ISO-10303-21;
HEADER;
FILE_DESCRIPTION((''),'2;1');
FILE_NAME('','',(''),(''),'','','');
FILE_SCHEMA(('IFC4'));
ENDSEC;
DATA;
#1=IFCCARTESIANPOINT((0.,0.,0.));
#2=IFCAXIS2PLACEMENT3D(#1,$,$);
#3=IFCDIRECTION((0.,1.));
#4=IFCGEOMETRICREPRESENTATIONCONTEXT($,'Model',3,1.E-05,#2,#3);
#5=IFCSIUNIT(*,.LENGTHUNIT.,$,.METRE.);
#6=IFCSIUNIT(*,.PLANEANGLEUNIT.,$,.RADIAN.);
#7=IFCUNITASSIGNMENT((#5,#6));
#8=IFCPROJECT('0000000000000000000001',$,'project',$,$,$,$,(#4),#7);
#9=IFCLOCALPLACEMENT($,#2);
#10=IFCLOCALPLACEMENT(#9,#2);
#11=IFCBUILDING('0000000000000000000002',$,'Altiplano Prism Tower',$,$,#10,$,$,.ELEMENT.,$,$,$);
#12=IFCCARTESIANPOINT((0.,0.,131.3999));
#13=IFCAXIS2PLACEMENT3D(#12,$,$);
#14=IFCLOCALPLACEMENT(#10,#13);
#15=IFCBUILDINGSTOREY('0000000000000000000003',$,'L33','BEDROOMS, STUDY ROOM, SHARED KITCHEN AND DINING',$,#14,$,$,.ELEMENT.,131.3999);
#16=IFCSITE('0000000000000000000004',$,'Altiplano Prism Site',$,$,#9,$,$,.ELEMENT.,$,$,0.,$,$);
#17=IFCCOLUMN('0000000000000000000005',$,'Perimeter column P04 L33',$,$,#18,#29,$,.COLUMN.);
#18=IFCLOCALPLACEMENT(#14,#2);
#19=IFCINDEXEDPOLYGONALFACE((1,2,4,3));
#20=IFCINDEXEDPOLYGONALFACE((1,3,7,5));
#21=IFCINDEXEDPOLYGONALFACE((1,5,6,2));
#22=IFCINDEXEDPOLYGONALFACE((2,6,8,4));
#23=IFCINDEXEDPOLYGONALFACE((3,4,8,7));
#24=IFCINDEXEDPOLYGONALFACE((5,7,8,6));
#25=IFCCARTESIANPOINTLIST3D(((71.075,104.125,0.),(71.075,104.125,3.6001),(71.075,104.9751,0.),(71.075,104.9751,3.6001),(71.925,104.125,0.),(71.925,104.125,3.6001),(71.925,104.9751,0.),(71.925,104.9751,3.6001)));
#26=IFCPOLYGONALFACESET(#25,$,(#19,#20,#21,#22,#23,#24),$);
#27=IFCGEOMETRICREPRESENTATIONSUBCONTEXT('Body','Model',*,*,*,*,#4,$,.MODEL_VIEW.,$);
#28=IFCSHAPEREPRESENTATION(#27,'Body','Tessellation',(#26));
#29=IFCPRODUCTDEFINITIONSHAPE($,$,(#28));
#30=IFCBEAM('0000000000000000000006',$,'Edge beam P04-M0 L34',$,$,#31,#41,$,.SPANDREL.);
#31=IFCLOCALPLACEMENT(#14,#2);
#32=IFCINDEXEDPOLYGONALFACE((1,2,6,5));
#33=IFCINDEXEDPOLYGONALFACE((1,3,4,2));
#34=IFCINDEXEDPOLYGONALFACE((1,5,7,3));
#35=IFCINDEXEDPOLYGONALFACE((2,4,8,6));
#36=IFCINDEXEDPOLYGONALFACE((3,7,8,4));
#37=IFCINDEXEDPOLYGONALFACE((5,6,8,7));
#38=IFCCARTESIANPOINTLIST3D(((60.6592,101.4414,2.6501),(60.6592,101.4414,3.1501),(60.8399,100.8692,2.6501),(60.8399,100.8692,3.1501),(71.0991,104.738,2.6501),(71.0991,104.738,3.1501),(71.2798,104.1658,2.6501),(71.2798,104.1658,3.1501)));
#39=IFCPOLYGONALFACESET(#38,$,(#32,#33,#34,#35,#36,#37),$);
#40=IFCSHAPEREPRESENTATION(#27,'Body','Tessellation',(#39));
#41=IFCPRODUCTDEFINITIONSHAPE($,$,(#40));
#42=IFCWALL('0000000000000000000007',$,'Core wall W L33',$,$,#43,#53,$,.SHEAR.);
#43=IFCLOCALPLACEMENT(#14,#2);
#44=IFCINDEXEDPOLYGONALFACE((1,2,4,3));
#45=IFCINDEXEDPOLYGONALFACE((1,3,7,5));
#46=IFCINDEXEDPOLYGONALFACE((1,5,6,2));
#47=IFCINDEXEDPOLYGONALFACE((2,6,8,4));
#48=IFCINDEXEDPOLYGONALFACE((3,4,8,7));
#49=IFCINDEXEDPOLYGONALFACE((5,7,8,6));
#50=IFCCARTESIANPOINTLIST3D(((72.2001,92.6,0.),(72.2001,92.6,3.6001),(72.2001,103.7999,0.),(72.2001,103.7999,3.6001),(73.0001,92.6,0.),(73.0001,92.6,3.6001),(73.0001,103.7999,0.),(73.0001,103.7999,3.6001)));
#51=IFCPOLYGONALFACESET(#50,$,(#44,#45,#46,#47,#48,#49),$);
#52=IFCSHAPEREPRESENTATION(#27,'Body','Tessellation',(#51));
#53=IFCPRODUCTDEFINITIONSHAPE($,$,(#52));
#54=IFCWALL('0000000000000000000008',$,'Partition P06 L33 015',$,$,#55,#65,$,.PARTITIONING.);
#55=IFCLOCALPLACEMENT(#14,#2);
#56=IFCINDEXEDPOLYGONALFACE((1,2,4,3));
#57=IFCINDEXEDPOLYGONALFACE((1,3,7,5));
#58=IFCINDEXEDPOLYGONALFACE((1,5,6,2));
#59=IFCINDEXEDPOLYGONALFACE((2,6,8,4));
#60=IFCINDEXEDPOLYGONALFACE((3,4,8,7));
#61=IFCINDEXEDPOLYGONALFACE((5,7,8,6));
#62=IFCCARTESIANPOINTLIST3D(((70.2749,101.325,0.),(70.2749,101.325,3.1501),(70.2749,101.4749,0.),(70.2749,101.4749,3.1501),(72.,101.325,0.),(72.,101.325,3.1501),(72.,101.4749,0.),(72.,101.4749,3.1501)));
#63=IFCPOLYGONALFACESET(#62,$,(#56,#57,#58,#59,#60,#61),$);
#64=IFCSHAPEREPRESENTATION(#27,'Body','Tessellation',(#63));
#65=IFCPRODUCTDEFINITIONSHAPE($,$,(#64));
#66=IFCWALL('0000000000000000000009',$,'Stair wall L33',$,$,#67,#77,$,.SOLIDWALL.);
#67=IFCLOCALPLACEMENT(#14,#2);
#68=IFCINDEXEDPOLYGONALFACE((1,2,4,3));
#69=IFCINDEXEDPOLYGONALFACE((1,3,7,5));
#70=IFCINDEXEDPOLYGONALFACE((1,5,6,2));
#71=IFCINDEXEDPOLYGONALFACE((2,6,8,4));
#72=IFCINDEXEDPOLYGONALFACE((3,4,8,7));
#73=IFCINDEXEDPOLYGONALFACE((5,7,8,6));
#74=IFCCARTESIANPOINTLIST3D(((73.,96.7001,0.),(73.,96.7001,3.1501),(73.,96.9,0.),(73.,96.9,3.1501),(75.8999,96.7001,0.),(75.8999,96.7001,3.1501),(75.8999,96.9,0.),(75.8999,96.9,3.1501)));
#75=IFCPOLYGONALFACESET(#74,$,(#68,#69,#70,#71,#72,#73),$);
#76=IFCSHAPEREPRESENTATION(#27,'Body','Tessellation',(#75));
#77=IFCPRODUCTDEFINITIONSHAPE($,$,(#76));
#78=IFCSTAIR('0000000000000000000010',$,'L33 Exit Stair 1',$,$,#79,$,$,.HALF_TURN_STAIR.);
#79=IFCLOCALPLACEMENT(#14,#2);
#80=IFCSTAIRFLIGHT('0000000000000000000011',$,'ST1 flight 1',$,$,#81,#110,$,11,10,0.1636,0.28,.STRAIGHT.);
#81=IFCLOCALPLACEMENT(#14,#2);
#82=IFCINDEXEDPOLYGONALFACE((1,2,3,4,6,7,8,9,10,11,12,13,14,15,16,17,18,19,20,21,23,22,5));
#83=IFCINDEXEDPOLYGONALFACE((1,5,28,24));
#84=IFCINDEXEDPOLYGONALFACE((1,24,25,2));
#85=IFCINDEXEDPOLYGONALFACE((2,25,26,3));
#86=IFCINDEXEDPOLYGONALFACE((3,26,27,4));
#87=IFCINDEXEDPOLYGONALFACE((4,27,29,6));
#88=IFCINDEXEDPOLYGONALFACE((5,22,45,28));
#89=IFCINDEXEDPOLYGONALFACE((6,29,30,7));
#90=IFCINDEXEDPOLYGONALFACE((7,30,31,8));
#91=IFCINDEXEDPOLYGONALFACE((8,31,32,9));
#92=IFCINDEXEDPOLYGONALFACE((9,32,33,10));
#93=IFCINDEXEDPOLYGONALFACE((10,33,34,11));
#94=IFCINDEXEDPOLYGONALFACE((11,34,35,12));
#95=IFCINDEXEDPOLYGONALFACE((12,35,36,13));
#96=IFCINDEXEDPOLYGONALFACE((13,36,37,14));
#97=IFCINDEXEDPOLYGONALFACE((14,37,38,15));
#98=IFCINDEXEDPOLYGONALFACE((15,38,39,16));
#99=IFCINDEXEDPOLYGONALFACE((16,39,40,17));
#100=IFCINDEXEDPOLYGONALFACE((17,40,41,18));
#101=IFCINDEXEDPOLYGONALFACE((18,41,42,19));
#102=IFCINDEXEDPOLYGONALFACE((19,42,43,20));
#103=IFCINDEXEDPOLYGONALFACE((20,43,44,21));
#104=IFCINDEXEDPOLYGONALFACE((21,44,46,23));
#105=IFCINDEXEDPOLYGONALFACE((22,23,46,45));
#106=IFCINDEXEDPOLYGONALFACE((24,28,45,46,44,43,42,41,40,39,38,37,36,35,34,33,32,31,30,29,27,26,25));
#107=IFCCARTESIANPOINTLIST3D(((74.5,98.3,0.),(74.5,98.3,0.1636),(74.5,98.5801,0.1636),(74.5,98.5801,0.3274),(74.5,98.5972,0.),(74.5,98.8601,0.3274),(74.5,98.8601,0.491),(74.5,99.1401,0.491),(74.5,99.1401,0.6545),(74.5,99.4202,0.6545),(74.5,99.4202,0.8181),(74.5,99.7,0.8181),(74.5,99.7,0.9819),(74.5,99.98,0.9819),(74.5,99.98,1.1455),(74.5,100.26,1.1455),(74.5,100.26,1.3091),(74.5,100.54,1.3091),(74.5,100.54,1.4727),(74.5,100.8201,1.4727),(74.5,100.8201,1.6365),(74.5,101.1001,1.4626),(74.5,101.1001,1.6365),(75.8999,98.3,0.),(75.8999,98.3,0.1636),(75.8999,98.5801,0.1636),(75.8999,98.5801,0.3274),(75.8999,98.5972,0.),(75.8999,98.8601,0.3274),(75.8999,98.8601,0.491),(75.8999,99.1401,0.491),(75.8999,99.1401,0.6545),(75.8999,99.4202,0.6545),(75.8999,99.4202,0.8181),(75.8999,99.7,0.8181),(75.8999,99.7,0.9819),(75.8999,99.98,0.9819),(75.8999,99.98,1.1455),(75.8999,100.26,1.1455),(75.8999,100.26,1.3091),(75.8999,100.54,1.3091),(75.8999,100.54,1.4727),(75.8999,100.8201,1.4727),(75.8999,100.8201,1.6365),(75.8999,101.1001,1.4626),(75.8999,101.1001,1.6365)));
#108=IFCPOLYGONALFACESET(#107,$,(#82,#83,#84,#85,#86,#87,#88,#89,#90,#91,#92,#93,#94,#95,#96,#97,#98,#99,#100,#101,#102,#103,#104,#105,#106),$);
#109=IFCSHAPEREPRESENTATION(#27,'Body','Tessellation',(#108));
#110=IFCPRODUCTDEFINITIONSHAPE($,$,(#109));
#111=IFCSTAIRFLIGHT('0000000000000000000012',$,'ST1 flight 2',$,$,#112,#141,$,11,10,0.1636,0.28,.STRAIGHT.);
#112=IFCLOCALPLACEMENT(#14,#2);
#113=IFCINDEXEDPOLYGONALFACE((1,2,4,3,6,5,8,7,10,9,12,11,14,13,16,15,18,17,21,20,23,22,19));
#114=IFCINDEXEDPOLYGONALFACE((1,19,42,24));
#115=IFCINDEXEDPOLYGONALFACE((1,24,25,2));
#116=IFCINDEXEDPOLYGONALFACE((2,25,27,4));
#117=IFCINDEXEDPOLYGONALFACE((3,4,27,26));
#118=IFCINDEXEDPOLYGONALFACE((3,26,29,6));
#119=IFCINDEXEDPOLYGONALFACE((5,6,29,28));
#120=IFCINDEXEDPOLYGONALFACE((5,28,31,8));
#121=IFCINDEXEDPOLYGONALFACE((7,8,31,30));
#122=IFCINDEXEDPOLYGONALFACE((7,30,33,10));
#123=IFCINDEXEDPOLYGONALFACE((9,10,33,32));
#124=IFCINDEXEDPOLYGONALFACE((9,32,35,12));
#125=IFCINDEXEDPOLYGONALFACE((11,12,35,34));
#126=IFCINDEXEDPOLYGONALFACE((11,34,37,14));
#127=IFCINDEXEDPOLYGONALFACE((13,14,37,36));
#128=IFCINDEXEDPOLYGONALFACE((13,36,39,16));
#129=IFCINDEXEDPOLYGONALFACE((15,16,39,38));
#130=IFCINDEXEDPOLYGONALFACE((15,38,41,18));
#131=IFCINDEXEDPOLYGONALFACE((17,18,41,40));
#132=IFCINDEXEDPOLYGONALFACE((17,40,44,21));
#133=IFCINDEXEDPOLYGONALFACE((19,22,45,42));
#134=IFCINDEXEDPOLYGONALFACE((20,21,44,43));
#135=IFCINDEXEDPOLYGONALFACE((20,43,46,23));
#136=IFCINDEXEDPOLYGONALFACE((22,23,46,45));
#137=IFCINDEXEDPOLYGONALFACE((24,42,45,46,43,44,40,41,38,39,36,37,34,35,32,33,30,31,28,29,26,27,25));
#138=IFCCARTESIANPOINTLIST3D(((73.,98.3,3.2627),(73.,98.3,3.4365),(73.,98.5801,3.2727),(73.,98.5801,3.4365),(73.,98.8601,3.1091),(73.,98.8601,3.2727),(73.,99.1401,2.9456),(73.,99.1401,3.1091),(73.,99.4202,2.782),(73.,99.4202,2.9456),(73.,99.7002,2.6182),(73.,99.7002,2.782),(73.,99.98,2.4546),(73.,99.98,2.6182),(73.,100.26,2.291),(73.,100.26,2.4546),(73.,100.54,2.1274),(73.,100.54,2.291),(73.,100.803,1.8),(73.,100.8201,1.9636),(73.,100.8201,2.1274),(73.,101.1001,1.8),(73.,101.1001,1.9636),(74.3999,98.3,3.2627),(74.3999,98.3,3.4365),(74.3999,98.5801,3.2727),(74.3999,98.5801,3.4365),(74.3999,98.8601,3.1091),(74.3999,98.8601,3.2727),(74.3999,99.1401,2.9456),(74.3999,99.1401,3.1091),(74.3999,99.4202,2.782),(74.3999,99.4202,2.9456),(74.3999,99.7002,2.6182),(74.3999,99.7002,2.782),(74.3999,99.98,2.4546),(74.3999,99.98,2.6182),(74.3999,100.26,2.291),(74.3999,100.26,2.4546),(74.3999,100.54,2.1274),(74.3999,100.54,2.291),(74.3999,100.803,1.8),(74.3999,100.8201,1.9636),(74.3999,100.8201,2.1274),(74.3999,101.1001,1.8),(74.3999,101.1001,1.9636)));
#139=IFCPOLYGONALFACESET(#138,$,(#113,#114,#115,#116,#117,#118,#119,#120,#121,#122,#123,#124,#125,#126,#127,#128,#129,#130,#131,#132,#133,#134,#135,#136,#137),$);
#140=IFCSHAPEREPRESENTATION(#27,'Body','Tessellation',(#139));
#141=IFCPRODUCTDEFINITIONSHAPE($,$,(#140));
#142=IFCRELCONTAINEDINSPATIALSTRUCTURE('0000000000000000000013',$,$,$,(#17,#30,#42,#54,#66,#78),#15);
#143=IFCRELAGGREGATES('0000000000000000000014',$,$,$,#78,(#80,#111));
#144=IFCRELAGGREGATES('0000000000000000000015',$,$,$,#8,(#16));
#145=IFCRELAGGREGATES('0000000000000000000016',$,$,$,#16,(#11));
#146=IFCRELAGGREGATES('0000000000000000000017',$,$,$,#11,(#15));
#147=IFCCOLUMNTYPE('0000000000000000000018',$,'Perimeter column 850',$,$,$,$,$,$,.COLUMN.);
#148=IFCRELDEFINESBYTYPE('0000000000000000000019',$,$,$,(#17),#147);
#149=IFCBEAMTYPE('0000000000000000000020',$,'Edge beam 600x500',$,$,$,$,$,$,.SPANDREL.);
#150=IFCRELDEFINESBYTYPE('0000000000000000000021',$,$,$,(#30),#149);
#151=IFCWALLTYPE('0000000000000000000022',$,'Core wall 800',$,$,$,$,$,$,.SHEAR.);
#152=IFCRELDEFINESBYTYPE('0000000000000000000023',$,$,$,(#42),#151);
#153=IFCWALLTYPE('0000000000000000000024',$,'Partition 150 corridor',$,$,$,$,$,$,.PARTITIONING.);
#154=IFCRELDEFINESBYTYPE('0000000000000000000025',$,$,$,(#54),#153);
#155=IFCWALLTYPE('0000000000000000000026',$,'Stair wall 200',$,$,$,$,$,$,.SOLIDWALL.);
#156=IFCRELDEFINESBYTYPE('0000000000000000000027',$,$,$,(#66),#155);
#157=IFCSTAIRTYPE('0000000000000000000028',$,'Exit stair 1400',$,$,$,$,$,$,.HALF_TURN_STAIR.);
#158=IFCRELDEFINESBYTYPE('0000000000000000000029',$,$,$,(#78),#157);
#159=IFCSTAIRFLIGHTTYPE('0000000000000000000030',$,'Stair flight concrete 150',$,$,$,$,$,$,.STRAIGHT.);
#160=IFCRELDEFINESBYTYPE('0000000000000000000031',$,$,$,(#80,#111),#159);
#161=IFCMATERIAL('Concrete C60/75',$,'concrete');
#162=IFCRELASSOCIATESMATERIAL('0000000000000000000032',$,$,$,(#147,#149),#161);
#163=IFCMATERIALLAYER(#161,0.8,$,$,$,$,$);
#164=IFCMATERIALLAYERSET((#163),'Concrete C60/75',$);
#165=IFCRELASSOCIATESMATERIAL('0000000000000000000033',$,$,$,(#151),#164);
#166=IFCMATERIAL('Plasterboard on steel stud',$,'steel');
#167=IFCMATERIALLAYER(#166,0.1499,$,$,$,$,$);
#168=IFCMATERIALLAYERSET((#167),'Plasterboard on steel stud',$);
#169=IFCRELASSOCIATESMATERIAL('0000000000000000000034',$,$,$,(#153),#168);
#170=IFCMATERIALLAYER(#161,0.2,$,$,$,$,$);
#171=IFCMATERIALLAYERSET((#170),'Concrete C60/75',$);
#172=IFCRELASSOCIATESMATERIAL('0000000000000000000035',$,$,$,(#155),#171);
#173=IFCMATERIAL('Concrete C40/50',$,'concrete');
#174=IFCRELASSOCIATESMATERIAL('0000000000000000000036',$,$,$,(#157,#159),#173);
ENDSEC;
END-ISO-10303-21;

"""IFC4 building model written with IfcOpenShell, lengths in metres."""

from ifc_helpers import new_model, si_unit, direction, frame, frame_2d, origin, origin_2d, place, context, subcontext, project, spatial, polyline, rectangle, outline, extrude, material, layer, layer_set, material_profile, profile_set, type_object, element, aggregate, save


model = new_model("IFC4")

# Units and contexts
model_context = context("Model", 3, precision=1e-05, world=origin(), true_north=direction((0.0, 1.0)))
body_context = subcontext(model_context, "Body", "Model", "MODEL_VIEW")
ifc_project = project(units=[si_unit("LENGTHUNIT", "METRE"), si_unit("PLANEANGLEUNIT", "RADIAN")], contexts=[model_context])

# Site, building, storey
site_placement = place(None, origin())
site = spatial("IfcSite", under=ifc_project, at=site_placement, Name="Altiplano Prism Site", CompositionType="ELEMENT", RefElevation=0.0)
building_placement = place(site_placement, origin())
building = spatial("IfcBuilding", under=site, at=building_placement, Name="Altiplano Prism Tower", CompositionType="ELEMENT")
storey_placement = place(building_placement, frame((0.0, 0.0, 131.3999)))
storey = spatial("IfcBuildingStorey", under=building, at=storey_placement, Name="L33", Description="BEDROOMS, STUDY ROOM, SHARED KITCHEN AND DINING", CompositionType="ELEMENT", Elevation=131.3999)

# Column
ifc_material_1 = material(Name="Concrete C60/75", Category="concrete")
ifc_material_profile_1 = material_profile(ifc_material_1, rectangle(XDim=0.8501, YDim=0.8501, at=origin_2d()), Name="Perimeter column 850")
ifc_profile_set_1 = profile_set([ifc_material_profile_1], Name="Concrete C60/75")
column_type = type_object("IfcColumnType", Name="Perimeter column 850", PredefinedType="COLUMN", material=ifc_profile_set_1)
column_placement = place(storey_placement, frame((71.5, 104.55, 0.0), z_axis=(0.0, 0.0, 1.0), x_axis=(1.0, 0.0, 0.0)))
element("IfcColumn", 1, at=column_placement, inside=storey, type_object=column_type, Name="Perimeter column P04 L33", PredefinedType="COLUMN", context=body_context, shape_type="SweptSolid", body=[
    extrude(rectangle(XDim=0.8501, YDim=0.8501, at=origin_2d()), origin(), (0.0, 0.0, 1.0), 3.6001),
])

# Beam
ifc_material_profile_2 = material_profile(ifc_material_1, rectangle(XDim=0.6001, YDim=0.5, at=origin_2d()), Name="Edge beam 600x500")
ifc_profile_set_2 = profile_set([ifc_material_profile_2], Name="Concrete C60/75")
beam_type = type_object("IfcBeamType", Name="Edge beam 600x500", PredefinedType="SPANDREL", material=ifc_profile_set_2)
beam_placement = place(storey_placement, frame((71.1895, 104.4519, 2.9001), z_axis=(-0.953588, -0.301115, 0.0), x_axis=(0.301115, -0.953588, 0.0)))
element("IfcBeam", 2, at=beam_placement, inside=storey, type_object=beam_type, Name="Edge beam P04-M0 L34", PredefinedType="SPANDREL", context=body_context, shape_type="SweptSolid", body=[
    extrude(rectangle(XDim=0.6001, YDim=0.5, at=origin_2d()), origin(), (0.0, 0.0, 1.0), 10.948),
])

# Walls
ifc_layer_1 = layer(ifc_material_1, 0.8)
ifc_layer_set_1 = layer_set([ifc_layer_1], Name="Concrete C60/75")
wall_type_1 = type_object("IfcWallType", Name="Core wall 800", PredefinedType="SHEAR", material=ifc_layer_set_1)
wall_1_placement = place(storey_placement, frame((72.6001, 103.8, 0.0), z_axis=(0.0, 0.0, 1.0), x_axis=(0.0, -1.0, 0.0)))
element("IfcWall", 3, at=wall_1_placement, inside=storey, type_object=wall_type_1, Name="Core wall W L33", PredefinedType="SHEAR", context=body_context, shape_type="SweptSolid", body=[
    extrude(rectangle(XDim=11.2, YDim=0.8, at=frame_2d((5.6001, 0.0))), origin(), (0.0, 0.0, 1.0), 3.6001),
])
ifc_material_2 = material(Name="Plasterboard on steel stud", Category="steel")
ifc_layer_2 = layer(ifc_material_2, 0.1499)
ifc_layer_set_2 = layer_set([ifc_layer_2], Name="Plasterboard on steel stud")
wall_type_2 = type_object("IfcWallType", Name="Partition 150 corridor", PredefinedType="PARTITIONING", material=ifc_layer_set_2)
wall_2_placement = place(storey_placement, frame((72.0, 101.3999, 0.0), z_axis=(0.0, 0.0, 1.0), x_axis=(-1.0, 0.0, 0.0)))
element("IfcWall", 4, at=wall_2_placement, inside=storey, type_object=wall_type_2, Name="Partition P06 L33 015", PredefinedType="PARTITIONING", context=body_context, shape_type="SweptSolid", body=[
    extrude(rectangle(XDim=1.7251, YDim=0.1499, at=frame_2d((0.8625, 0.0))), origin(), (0.0, 0.0, 1.0), 3.1501),
])
ifc_layer_3 = layer(ifc_material_1, 0.2)
ifc_layer_set_3 = layer_set([ifc_layer_3], Name="Concrete C60/75")
wall_type_3 = type_object("IfcWallType", Name="Stair wall 200", PredefinedType="SOLIDWALL", material=ifc_layer_set_3)
wall_3_placement = place(storey_placement, frame((73.0, 96.8, 0.0), z_axis=(0.0, 0.0, 1.0), x_axis=(1.0, 0.0, 0.0)))
element("IfcWall", 5, at=wall_3_placement, inside=storey, type_object=wall_type_3, Name="Stair wall L33", PredefinedType="SOLIDWALL", context=body_context, shape_type="SweptSolid", body=[
    extrude(rectangle(XDim=2.8999, YDim=0.2, at=frame_2d((1.45, 0.0))), origin(), (0.0, 0.0, 1.0), 3.1501),
])

# Stair, stair flights
ifc_material_3 = material(Name="Concrete C40/50", Category="concrete")
stair_type = type_object("IfcStairType", Name="Exit stair 1400", PredefinedType="HALF_TURN_STAIR", material=ifc_material_3)
stair_placement = place(storey_placement, origin())
stair = element("IfcStair", 6, at=stair_placement, inside=storey, type_object=stair_type, Name="L33 Exit Stair 1", PredefinedType="HALF_TURN_STAIR")
stair_flight_type = type_object("IfcStairFlightType", Name="Stair flight concrete 150", PredefinedType="STRAIGHT", material=ifc_material_3)
stair_flight_1_placement = place(storey_placement, frame((75.2, 98.3, 0.0), z_axis=(0.0, 0.0, 1.0), x_axis=(0.0, 1.0, 0.0)))
stair_flight_1 = element("IfcStairFlight", 7, at=stair_flight_1_placement, type_object=stair_flight_type, Name="ST1 flight 1", NumberOfRisers=11, NumberOfTreads=10, PredefinedType="STRAIGHT", RiserHeight=0.1636, TreadLength=0.28, context=body_context, shape_type="SweptSolid", body=[
    extrude(outline(polyline([(0.0, 0.0), (0.0, 0.1636), (0.28, 0.1636), (0.28, 0.3274), (0.5601, 0.3274), (0.5601, 0.491), (0.8401, 0.491), (0.8401, 0.6545), (1.1201, 0.6545), (1.1201, 0.8181), (1.3999, 0.8181), (1.3999, 0.9819), (1.6799, 0.9819), (1.6799, 1.1455), (1.96, 1.1455), (1.96, 1.3091), (2.24, 1.3091), (2.24, 1.4727), (2.52, 1.4727), (2.52, 1.6365), (2.8, 1.6365), (2.8, 1.8), (2.8, 1.4626), (0.2971, 0.0), (0.0, 0.0)])), frame((0.0, 0.7, 0.0), z_axis=(0.0, -1.0, 0.0), x_axis=(1.0, 0.0, 0.0)), (0.0, 0.0, 1.0), 1.3999),
])
stair_flight_2_placement = place(storey_placement, frame((73.7, 101.1001, 1.8), z_axis=(0.0, 0.0, 1.0), x_axis=(0.0, -1.0, 0.0)))
stair_flight_2 = element("IfcStairFlight", 8, at=stair_flight_2_placement, type_object=stair_flight_type, Name="ST1 flight 2", NumberOfRisers=11, NumberOfTreads=10, PredefinedType="STRAIGHT", RiserHeight=0.1636, TreadLength=0.28, context=body_context, shape_type="SweptSolid", body=[
    extrude(outline(polyline([(0.0, 0.0), (0.0, 0.1636), (0.28, 0.1636), (0.28, 0.3274), (0.5601, 0.3274), (0.5601, 0.491), (0.8401, 0.491), (0.8401, 0.6545), (1.1201, 0.6545), (1.1201, 0.8181), (1.3999, 0.8181), (1.3999, 0.9819), (1.6799, 0.9819), (1.6799, 1.1455), (1.96, 1.1455), (1.96, 1.3091), (2.24, 1.3091), (2.24, 1.4727), (2.52, 1.4727), (2.52, 1.6365), (2.8, 1.6365), (2.8, 1.8), (2.8, 1.4626), (0.2971, 0.0), (0.0, 0.0)])), frame((0.0, 0.7, 0.0), z_axis=(0.0, -1.0, 0.0), x_axis=(1.0, 0.0, 0.0)), (0.0, 0.0, 1.0), 1.3999),
])
aggregate(stair, [stair_flight_1, stair_flight_2])

save(model, "model.ifc")
